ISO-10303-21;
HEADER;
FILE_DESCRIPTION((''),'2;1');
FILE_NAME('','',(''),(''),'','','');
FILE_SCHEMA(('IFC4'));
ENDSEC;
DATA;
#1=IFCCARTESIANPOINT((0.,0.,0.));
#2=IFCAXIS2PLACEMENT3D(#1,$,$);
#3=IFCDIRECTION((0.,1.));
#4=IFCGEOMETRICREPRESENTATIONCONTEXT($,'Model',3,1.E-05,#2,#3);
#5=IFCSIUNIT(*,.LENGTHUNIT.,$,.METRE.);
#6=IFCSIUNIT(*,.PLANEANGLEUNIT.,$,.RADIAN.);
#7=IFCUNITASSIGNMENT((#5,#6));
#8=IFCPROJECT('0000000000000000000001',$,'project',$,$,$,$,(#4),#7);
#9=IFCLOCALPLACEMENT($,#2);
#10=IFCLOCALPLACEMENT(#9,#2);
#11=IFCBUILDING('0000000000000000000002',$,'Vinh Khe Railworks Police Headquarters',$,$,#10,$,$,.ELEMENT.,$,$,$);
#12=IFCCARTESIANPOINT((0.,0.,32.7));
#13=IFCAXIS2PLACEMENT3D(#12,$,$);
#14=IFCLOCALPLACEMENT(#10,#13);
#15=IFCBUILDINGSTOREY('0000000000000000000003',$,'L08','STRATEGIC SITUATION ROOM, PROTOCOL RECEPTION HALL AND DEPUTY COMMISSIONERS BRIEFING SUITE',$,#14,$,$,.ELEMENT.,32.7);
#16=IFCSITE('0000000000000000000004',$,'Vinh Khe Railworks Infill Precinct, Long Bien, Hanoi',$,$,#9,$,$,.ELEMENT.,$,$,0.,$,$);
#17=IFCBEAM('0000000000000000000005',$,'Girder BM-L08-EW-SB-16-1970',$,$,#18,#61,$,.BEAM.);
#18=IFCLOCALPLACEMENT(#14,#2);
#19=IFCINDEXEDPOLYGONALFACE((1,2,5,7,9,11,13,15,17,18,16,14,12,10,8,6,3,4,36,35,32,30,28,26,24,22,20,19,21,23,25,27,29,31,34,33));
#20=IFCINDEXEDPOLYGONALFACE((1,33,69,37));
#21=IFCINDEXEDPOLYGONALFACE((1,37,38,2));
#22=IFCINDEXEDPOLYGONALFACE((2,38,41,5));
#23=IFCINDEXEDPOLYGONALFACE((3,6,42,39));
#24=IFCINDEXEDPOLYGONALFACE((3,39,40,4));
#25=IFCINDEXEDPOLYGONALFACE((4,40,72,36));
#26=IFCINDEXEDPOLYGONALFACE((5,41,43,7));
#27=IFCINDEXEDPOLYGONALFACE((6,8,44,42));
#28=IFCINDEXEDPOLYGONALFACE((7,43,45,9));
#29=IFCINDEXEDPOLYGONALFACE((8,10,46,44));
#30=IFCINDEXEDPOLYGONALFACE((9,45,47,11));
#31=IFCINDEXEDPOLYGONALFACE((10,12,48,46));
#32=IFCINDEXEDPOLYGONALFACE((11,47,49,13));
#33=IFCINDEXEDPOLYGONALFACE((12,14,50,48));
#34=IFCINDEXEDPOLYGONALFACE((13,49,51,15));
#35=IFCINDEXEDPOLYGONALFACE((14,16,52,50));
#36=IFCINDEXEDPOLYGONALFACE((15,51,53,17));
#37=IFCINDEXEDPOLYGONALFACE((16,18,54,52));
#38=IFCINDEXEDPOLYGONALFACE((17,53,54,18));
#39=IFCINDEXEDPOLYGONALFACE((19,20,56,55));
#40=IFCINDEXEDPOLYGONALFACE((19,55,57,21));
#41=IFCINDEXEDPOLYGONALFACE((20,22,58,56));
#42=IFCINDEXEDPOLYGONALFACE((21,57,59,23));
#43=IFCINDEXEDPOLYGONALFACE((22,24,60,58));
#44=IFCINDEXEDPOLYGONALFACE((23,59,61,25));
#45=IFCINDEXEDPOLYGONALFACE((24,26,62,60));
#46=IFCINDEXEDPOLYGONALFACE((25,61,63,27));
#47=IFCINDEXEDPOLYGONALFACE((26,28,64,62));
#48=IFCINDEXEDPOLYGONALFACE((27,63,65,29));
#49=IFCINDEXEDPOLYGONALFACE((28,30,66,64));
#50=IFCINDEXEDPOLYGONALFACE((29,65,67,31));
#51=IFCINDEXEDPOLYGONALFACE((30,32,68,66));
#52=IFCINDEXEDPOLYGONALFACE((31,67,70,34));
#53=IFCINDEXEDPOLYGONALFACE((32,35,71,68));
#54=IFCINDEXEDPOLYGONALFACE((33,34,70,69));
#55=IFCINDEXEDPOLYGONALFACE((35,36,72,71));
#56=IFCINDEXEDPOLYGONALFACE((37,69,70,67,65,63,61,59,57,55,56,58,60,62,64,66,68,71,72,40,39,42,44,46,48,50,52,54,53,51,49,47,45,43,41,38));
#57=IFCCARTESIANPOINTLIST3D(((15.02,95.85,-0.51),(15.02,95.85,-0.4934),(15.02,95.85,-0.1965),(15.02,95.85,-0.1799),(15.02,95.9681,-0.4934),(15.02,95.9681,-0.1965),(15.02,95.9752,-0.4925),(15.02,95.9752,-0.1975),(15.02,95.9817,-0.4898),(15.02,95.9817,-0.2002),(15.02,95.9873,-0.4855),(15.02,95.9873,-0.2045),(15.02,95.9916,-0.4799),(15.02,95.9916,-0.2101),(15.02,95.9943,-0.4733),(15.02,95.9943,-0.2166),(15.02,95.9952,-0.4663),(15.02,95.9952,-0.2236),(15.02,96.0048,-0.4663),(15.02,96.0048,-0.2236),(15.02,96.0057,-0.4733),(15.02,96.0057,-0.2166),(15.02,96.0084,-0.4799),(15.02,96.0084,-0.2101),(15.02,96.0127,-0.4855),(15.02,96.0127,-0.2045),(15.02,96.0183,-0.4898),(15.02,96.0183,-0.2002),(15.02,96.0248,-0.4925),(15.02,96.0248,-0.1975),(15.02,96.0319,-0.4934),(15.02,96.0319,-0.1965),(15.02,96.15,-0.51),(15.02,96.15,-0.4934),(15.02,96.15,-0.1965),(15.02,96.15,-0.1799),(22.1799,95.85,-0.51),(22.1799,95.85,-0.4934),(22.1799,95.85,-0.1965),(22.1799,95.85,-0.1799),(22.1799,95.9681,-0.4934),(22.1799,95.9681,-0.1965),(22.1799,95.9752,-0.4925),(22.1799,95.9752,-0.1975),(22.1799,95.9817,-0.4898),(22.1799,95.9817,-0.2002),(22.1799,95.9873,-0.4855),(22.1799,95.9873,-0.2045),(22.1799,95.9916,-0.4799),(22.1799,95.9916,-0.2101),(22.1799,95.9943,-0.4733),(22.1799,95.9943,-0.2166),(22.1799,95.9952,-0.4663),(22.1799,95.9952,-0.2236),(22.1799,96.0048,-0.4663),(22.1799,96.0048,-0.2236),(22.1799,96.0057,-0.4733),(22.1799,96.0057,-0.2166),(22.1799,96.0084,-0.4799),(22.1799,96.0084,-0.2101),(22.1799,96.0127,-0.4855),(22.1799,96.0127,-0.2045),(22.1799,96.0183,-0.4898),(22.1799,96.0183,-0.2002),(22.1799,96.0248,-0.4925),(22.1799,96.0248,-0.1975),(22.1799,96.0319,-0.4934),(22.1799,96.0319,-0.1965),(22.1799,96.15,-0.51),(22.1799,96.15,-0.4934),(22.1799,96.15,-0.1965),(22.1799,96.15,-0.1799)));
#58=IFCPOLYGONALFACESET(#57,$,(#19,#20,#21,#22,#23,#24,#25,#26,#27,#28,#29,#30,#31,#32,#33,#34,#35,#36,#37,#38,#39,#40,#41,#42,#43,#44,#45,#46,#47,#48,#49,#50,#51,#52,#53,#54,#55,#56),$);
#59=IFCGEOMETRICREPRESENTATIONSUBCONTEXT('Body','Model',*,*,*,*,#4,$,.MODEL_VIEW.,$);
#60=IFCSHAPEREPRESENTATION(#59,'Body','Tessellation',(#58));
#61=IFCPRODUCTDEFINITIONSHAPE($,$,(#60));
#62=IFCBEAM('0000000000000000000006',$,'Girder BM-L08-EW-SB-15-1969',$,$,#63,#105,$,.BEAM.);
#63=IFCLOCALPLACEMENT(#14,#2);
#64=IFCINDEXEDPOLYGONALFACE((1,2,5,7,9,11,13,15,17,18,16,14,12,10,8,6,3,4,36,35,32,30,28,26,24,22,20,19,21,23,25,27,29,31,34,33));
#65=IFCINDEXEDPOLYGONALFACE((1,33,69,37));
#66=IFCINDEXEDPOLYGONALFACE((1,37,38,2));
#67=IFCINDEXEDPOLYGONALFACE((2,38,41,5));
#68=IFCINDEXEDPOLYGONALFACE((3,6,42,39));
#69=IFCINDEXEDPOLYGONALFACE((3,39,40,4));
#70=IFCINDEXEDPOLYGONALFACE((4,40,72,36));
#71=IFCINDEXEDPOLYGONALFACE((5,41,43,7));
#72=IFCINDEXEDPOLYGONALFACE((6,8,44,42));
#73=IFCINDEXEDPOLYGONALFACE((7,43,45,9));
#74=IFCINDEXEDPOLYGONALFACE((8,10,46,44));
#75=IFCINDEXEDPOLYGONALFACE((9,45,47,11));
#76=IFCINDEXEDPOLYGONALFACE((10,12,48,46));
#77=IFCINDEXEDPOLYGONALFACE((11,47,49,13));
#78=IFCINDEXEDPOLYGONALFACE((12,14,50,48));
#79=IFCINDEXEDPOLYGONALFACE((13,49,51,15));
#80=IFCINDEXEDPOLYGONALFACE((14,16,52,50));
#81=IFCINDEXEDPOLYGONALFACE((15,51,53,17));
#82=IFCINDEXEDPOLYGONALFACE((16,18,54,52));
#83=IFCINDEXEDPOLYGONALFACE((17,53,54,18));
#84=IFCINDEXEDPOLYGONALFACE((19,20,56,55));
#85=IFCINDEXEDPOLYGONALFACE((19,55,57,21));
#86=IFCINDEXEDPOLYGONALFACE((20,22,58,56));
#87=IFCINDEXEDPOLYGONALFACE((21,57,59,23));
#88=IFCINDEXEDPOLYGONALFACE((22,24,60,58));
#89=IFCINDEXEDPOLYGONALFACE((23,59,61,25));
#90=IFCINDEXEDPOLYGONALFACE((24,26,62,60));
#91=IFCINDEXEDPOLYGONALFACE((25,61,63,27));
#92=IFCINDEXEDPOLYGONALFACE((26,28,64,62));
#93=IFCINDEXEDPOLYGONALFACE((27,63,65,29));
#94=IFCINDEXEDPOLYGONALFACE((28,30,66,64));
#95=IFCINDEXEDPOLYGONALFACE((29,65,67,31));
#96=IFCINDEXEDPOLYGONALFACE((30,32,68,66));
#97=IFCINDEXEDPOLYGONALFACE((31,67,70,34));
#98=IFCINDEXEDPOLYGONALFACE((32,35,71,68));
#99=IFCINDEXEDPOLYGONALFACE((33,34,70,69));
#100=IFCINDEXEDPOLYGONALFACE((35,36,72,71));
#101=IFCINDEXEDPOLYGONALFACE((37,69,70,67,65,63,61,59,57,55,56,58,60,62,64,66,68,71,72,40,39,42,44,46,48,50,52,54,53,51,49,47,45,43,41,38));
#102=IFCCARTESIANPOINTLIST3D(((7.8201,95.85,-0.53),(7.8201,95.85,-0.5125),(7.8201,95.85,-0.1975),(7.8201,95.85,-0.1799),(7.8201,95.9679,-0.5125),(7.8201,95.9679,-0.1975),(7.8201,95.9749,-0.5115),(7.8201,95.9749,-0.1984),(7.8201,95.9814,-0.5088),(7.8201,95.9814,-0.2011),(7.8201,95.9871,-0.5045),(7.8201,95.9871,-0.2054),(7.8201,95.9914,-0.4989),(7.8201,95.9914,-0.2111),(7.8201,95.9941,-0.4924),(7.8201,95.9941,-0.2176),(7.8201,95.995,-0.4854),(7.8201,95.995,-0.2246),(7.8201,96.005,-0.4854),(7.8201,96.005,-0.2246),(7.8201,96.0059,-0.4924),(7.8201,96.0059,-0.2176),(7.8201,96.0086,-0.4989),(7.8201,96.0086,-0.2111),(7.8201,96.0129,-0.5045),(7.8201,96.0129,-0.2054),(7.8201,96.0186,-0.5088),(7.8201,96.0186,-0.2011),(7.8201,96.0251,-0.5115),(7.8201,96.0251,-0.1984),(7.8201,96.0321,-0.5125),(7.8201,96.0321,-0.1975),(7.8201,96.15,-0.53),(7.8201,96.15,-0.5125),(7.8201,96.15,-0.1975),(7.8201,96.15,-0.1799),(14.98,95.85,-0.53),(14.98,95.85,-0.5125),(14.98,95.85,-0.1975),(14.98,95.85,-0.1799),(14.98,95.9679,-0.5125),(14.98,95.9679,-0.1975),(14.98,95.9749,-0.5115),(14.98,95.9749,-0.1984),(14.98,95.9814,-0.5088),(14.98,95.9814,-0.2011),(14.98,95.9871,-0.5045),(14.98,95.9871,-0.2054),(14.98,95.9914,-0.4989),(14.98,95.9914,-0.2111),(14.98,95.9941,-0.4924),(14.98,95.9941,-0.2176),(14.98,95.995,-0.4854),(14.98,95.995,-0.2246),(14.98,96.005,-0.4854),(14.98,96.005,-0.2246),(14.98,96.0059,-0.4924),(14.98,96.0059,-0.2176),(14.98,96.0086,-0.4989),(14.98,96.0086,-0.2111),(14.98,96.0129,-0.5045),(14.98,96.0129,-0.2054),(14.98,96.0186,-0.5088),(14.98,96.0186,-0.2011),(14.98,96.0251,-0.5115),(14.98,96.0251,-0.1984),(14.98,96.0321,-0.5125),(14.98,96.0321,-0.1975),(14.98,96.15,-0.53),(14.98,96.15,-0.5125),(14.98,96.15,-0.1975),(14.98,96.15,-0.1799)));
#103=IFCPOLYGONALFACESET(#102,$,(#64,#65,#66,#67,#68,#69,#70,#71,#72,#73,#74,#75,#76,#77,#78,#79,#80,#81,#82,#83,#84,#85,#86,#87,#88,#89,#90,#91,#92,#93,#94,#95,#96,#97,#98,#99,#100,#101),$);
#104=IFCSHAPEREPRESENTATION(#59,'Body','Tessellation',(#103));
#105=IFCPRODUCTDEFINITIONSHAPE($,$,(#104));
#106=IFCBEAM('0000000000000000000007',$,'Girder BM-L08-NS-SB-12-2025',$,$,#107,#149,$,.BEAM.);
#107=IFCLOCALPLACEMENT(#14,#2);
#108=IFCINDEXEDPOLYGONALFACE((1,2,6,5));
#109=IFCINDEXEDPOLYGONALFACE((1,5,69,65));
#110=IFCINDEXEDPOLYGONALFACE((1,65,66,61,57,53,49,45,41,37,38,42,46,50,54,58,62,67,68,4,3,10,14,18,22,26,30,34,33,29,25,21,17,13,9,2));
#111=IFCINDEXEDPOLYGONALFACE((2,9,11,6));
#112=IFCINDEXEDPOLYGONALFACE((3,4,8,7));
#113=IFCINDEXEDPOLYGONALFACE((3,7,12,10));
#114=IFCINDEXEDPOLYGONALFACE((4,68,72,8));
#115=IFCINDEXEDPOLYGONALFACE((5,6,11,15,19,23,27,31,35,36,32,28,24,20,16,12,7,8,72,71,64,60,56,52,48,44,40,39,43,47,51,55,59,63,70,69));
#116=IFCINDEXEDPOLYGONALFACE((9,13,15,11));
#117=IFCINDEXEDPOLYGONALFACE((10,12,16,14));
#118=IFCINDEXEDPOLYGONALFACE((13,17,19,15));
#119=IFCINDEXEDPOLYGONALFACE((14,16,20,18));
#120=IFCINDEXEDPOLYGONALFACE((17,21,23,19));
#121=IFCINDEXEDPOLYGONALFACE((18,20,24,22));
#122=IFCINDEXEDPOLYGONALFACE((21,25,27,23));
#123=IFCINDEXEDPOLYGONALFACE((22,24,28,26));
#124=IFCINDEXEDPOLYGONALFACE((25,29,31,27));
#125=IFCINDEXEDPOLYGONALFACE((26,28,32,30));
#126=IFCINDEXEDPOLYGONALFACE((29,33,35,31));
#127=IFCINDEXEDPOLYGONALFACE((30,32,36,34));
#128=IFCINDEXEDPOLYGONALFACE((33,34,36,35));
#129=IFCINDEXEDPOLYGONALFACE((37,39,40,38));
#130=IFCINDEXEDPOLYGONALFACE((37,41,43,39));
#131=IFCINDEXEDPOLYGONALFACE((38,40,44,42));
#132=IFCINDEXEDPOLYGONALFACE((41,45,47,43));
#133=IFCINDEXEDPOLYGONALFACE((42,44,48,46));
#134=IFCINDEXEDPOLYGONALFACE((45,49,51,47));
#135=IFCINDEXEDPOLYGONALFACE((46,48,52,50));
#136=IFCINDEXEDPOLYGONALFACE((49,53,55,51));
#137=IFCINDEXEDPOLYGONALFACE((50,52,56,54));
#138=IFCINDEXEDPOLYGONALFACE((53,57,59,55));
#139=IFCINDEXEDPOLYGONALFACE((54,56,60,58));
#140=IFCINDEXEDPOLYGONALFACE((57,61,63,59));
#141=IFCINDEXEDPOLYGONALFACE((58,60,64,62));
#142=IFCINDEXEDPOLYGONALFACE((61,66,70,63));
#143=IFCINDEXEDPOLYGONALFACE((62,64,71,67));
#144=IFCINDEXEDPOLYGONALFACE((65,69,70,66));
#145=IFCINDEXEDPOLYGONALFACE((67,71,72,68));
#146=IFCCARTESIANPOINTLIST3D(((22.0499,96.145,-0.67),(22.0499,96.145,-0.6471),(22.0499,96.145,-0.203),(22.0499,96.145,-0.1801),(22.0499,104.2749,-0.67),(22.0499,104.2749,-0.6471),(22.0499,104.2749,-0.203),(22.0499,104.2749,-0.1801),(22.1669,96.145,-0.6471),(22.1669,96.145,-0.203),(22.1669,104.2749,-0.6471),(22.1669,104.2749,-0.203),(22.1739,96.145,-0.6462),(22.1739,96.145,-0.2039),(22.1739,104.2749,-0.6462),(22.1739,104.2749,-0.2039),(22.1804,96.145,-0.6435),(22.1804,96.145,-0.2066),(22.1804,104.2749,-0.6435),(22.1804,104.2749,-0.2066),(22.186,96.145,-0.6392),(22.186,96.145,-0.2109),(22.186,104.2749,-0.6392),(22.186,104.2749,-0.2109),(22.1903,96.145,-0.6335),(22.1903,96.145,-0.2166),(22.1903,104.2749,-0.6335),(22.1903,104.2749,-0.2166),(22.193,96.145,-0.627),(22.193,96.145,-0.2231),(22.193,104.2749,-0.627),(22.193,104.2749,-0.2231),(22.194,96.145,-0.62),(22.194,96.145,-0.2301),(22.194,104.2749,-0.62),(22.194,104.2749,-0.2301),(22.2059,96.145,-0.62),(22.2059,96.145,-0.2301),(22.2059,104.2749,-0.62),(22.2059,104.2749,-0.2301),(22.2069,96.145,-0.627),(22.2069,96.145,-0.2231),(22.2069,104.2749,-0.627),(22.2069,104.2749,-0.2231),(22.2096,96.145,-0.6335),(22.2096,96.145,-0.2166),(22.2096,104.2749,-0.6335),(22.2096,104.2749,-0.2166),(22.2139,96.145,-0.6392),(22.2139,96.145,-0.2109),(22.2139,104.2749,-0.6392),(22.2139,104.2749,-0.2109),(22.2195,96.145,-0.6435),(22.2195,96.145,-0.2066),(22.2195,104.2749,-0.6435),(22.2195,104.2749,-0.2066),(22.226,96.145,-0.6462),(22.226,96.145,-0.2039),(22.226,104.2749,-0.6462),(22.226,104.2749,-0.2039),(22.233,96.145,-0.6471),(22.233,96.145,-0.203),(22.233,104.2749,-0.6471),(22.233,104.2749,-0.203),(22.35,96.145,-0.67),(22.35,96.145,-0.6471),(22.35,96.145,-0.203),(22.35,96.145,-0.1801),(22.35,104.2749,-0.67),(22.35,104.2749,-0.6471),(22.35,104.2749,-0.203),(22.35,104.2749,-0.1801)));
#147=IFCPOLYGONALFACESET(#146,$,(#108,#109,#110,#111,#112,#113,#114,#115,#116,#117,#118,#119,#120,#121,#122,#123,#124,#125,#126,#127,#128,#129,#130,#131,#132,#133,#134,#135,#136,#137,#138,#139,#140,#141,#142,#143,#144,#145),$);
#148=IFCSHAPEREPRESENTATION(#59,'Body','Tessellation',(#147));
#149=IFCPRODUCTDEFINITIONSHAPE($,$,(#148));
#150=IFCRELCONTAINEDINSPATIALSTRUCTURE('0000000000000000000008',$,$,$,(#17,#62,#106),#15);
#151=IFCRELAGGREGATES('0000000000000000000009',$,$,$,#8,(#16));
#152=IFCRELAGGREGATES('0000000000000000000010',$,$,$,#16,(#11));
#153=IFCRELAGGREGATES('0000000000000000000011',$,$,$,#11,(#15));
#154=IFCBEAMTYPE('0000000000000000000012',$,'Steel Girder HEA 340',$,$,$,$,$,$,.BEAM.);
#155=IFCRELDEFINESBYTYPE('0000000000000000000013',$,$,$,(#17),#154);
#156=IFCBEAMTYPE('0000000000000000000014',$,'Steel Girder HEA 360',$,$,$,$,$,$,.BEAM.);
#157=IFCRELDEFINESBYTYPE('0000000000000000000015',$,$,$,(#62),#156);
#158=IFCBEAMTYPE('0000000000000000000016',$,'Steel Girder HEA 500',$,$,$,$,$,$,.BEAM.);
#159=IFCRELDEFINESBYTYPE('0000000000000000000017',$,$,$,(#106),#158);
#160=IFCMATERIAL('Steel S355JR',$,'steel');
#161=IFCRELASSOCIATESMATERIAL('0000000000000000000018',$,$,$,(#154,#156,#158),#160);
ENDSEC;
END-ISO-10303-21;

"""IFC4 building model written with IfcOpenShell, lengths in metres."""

from ifc_helpers import new_model, si_unit, direction, frame, origin, origin_2d, place, context, subcontext, project, spatial, i_section, extrude, material, material_profile, profile_set, type_object, element, save


model = new_model("IFC4")

# Units and contexts
model_context = context("Model", 3, precision=1e-05, world=origin(), true_north=direction((0.0, 1.0)))
body_context = subcontext(model_context, "Body", "Model", "MODEL_VIEW")
ifc_project = project(units=[si_unit("LENGTHUNIT", "METRE"), si_unit("PLANEANGLEUNIT", "RADIAN")], contexts=[model_context])

# Site, building, storey
site_placement = place(None, origin())
site = spatial("IfcSite", under=ifc_project, at=site_placement, Name="Vinh Khe Railworks Infill Precinct, Long Bien, Hanoi", CompositionType="ELEMENT", RefElevation=0.0)
building_placement = place(site_placement, origin())
building = spatial("IfcBuilding", under=site, at=building_placement, Name="Vinh Khe Railworks Police Headquarters", CompositionType="ELEMENT")
storey_placement = place(building_placement, frame((0.0, 0.0, 32.7)))
storey = spatial("IfcBuildingStorey", under=building, at=storey_placement, Name="L08", Description="STRATEGIC SITUATION ROOM, PROTOCOL RECEPTION HALL AND DEPUTY COMMISSIONERS BRIEFING SUITE", CompositionType="ELEMENT", Elevation=32.7)

# Shared definitions
ifc_material_1 = material(Name="Steel S355JR", Category="steel")

# Beams
ifc_material_profile_1 = material_profile(ifc_material_1, i_section(OverallWidth=0.3, OverallDepth=0.3301, WebThickness=0.0095, FlangeThickness=0.0166, FilletRadius=0.0271, at=origin_2d()), Name="HEA 340")
ifc_profile_set_1 = profile_set([ifc_material_profile_1], Name="Steel S355JR")
beam_type_1 = type_object("IfcBeamType", Name="Steel Girder HEA 340", PredefinedType="BEAM", material=ifc_profile_set_1)
beam_1_placement = place(storey_placement, frame((15.02, 96.0, -0.345), z_axis=(1.0, 0.0, 0.0), x_axis=(0.0, 1.0, 0.0)))
element("IfcBeam", 1, at=beam_1_placement, inside=storey, type_object=beam_type_1, Name="Girder BM-L08-EW-SB-16-1970", PredefinedType="BEAM", context=body_context, shape_type="SweptSolid", body=[
    extrude(i_section(OverallWidth=0.3, OverallDepth=0.3301, WebThickness=0.0095, FlangeThickness=0.0166, FilletRadius=0.0271, at=origin_2d()), origin(), (0.0, 0.0, 1.0), 7.1599),
])
ifc_material_profile_2 = material_profile(ifc_material_1, i_section(OverallWidth=0.3, OverallDepth=0.3501, WebThickness=0.01, FlangeThickness=0.0176, FilletRadius=0.0271, at=origin_2d()), Name="HEA 360")
ifc_profile_set_2 = profile_set([ifc_material_profile_2], Name="Steel S355JR")
beam_type_2 = type_object("IfcBeamType", Name="Steel Girder HEA 360", PredefinedType="BEAM", material=ifc_profile_set_2)
beam_2_placement = place(storey_placement, frame((7.8201, 96.0, -0.355), z_axis=(1.0, 0.0, 0.0), x_axis=(0.0, 1.0, 0.0)))
element("IfcBeam", 2, at=beam_2_placement, inside=storey, type_object=beam_type_2, Name="Girder BM-L08-EW-SB-15-1969", PredefinedType="BEAM", context=body_context, shape_type="SweptSolid", body=[
    extrude(i_section(OverallWidth=0.3, OverallDepth=0.3501, WebThickness=0.01, FlangeThickness=0.0176, FilletRadius=0.0271, at=origin_2d()), origin(), (0.0, 0.0, 1.0), 7.1599),
])
ifc_material_profile_3 = material_profile(ifc_material_1, i_section(OverallWidth=0.3, OverallDepth=0.49, WebThickness=0.012, FlangeThickness=0.0229, FilletRadius=0.0271, at=origin_2d()), Name="HEA 500")
ifc_profile_set_3 = profile_set([ifc_material_profile_3], Name="Steel S355JR")
beam_type_3 = type_object("IfcBeamType", Name="Steel Girder HEA 500", PredefinedType="BEAM", material=ifc_profile_set_3)
beam_3_placement = place(storey_placement, frame((22.2, 96.145, -0.425), z_axis=(0.0, 1.0, 0.0), x_axis=(-1.0, 0.0, 0.0)))
element("IfcBeam", 3, at=beam_3_placement, inside=storey, type_object=beam_type_3, Name="Girder BM-L08-NS-SB-12-2025", PredefinedType="BEAM", context=body_context, shape_type="SweptSolid", body=[
    extrude(i_section(OverallWidth=0.3, OverallDepth=0.49, WebThickness=0.012, FlangeThickness=0.0229, FilletRadius=0.0271, at=origin_2d()), origin(), (0.0, 0.0, 1.0), 8.1299),
])

save(model, "model.ifc")
